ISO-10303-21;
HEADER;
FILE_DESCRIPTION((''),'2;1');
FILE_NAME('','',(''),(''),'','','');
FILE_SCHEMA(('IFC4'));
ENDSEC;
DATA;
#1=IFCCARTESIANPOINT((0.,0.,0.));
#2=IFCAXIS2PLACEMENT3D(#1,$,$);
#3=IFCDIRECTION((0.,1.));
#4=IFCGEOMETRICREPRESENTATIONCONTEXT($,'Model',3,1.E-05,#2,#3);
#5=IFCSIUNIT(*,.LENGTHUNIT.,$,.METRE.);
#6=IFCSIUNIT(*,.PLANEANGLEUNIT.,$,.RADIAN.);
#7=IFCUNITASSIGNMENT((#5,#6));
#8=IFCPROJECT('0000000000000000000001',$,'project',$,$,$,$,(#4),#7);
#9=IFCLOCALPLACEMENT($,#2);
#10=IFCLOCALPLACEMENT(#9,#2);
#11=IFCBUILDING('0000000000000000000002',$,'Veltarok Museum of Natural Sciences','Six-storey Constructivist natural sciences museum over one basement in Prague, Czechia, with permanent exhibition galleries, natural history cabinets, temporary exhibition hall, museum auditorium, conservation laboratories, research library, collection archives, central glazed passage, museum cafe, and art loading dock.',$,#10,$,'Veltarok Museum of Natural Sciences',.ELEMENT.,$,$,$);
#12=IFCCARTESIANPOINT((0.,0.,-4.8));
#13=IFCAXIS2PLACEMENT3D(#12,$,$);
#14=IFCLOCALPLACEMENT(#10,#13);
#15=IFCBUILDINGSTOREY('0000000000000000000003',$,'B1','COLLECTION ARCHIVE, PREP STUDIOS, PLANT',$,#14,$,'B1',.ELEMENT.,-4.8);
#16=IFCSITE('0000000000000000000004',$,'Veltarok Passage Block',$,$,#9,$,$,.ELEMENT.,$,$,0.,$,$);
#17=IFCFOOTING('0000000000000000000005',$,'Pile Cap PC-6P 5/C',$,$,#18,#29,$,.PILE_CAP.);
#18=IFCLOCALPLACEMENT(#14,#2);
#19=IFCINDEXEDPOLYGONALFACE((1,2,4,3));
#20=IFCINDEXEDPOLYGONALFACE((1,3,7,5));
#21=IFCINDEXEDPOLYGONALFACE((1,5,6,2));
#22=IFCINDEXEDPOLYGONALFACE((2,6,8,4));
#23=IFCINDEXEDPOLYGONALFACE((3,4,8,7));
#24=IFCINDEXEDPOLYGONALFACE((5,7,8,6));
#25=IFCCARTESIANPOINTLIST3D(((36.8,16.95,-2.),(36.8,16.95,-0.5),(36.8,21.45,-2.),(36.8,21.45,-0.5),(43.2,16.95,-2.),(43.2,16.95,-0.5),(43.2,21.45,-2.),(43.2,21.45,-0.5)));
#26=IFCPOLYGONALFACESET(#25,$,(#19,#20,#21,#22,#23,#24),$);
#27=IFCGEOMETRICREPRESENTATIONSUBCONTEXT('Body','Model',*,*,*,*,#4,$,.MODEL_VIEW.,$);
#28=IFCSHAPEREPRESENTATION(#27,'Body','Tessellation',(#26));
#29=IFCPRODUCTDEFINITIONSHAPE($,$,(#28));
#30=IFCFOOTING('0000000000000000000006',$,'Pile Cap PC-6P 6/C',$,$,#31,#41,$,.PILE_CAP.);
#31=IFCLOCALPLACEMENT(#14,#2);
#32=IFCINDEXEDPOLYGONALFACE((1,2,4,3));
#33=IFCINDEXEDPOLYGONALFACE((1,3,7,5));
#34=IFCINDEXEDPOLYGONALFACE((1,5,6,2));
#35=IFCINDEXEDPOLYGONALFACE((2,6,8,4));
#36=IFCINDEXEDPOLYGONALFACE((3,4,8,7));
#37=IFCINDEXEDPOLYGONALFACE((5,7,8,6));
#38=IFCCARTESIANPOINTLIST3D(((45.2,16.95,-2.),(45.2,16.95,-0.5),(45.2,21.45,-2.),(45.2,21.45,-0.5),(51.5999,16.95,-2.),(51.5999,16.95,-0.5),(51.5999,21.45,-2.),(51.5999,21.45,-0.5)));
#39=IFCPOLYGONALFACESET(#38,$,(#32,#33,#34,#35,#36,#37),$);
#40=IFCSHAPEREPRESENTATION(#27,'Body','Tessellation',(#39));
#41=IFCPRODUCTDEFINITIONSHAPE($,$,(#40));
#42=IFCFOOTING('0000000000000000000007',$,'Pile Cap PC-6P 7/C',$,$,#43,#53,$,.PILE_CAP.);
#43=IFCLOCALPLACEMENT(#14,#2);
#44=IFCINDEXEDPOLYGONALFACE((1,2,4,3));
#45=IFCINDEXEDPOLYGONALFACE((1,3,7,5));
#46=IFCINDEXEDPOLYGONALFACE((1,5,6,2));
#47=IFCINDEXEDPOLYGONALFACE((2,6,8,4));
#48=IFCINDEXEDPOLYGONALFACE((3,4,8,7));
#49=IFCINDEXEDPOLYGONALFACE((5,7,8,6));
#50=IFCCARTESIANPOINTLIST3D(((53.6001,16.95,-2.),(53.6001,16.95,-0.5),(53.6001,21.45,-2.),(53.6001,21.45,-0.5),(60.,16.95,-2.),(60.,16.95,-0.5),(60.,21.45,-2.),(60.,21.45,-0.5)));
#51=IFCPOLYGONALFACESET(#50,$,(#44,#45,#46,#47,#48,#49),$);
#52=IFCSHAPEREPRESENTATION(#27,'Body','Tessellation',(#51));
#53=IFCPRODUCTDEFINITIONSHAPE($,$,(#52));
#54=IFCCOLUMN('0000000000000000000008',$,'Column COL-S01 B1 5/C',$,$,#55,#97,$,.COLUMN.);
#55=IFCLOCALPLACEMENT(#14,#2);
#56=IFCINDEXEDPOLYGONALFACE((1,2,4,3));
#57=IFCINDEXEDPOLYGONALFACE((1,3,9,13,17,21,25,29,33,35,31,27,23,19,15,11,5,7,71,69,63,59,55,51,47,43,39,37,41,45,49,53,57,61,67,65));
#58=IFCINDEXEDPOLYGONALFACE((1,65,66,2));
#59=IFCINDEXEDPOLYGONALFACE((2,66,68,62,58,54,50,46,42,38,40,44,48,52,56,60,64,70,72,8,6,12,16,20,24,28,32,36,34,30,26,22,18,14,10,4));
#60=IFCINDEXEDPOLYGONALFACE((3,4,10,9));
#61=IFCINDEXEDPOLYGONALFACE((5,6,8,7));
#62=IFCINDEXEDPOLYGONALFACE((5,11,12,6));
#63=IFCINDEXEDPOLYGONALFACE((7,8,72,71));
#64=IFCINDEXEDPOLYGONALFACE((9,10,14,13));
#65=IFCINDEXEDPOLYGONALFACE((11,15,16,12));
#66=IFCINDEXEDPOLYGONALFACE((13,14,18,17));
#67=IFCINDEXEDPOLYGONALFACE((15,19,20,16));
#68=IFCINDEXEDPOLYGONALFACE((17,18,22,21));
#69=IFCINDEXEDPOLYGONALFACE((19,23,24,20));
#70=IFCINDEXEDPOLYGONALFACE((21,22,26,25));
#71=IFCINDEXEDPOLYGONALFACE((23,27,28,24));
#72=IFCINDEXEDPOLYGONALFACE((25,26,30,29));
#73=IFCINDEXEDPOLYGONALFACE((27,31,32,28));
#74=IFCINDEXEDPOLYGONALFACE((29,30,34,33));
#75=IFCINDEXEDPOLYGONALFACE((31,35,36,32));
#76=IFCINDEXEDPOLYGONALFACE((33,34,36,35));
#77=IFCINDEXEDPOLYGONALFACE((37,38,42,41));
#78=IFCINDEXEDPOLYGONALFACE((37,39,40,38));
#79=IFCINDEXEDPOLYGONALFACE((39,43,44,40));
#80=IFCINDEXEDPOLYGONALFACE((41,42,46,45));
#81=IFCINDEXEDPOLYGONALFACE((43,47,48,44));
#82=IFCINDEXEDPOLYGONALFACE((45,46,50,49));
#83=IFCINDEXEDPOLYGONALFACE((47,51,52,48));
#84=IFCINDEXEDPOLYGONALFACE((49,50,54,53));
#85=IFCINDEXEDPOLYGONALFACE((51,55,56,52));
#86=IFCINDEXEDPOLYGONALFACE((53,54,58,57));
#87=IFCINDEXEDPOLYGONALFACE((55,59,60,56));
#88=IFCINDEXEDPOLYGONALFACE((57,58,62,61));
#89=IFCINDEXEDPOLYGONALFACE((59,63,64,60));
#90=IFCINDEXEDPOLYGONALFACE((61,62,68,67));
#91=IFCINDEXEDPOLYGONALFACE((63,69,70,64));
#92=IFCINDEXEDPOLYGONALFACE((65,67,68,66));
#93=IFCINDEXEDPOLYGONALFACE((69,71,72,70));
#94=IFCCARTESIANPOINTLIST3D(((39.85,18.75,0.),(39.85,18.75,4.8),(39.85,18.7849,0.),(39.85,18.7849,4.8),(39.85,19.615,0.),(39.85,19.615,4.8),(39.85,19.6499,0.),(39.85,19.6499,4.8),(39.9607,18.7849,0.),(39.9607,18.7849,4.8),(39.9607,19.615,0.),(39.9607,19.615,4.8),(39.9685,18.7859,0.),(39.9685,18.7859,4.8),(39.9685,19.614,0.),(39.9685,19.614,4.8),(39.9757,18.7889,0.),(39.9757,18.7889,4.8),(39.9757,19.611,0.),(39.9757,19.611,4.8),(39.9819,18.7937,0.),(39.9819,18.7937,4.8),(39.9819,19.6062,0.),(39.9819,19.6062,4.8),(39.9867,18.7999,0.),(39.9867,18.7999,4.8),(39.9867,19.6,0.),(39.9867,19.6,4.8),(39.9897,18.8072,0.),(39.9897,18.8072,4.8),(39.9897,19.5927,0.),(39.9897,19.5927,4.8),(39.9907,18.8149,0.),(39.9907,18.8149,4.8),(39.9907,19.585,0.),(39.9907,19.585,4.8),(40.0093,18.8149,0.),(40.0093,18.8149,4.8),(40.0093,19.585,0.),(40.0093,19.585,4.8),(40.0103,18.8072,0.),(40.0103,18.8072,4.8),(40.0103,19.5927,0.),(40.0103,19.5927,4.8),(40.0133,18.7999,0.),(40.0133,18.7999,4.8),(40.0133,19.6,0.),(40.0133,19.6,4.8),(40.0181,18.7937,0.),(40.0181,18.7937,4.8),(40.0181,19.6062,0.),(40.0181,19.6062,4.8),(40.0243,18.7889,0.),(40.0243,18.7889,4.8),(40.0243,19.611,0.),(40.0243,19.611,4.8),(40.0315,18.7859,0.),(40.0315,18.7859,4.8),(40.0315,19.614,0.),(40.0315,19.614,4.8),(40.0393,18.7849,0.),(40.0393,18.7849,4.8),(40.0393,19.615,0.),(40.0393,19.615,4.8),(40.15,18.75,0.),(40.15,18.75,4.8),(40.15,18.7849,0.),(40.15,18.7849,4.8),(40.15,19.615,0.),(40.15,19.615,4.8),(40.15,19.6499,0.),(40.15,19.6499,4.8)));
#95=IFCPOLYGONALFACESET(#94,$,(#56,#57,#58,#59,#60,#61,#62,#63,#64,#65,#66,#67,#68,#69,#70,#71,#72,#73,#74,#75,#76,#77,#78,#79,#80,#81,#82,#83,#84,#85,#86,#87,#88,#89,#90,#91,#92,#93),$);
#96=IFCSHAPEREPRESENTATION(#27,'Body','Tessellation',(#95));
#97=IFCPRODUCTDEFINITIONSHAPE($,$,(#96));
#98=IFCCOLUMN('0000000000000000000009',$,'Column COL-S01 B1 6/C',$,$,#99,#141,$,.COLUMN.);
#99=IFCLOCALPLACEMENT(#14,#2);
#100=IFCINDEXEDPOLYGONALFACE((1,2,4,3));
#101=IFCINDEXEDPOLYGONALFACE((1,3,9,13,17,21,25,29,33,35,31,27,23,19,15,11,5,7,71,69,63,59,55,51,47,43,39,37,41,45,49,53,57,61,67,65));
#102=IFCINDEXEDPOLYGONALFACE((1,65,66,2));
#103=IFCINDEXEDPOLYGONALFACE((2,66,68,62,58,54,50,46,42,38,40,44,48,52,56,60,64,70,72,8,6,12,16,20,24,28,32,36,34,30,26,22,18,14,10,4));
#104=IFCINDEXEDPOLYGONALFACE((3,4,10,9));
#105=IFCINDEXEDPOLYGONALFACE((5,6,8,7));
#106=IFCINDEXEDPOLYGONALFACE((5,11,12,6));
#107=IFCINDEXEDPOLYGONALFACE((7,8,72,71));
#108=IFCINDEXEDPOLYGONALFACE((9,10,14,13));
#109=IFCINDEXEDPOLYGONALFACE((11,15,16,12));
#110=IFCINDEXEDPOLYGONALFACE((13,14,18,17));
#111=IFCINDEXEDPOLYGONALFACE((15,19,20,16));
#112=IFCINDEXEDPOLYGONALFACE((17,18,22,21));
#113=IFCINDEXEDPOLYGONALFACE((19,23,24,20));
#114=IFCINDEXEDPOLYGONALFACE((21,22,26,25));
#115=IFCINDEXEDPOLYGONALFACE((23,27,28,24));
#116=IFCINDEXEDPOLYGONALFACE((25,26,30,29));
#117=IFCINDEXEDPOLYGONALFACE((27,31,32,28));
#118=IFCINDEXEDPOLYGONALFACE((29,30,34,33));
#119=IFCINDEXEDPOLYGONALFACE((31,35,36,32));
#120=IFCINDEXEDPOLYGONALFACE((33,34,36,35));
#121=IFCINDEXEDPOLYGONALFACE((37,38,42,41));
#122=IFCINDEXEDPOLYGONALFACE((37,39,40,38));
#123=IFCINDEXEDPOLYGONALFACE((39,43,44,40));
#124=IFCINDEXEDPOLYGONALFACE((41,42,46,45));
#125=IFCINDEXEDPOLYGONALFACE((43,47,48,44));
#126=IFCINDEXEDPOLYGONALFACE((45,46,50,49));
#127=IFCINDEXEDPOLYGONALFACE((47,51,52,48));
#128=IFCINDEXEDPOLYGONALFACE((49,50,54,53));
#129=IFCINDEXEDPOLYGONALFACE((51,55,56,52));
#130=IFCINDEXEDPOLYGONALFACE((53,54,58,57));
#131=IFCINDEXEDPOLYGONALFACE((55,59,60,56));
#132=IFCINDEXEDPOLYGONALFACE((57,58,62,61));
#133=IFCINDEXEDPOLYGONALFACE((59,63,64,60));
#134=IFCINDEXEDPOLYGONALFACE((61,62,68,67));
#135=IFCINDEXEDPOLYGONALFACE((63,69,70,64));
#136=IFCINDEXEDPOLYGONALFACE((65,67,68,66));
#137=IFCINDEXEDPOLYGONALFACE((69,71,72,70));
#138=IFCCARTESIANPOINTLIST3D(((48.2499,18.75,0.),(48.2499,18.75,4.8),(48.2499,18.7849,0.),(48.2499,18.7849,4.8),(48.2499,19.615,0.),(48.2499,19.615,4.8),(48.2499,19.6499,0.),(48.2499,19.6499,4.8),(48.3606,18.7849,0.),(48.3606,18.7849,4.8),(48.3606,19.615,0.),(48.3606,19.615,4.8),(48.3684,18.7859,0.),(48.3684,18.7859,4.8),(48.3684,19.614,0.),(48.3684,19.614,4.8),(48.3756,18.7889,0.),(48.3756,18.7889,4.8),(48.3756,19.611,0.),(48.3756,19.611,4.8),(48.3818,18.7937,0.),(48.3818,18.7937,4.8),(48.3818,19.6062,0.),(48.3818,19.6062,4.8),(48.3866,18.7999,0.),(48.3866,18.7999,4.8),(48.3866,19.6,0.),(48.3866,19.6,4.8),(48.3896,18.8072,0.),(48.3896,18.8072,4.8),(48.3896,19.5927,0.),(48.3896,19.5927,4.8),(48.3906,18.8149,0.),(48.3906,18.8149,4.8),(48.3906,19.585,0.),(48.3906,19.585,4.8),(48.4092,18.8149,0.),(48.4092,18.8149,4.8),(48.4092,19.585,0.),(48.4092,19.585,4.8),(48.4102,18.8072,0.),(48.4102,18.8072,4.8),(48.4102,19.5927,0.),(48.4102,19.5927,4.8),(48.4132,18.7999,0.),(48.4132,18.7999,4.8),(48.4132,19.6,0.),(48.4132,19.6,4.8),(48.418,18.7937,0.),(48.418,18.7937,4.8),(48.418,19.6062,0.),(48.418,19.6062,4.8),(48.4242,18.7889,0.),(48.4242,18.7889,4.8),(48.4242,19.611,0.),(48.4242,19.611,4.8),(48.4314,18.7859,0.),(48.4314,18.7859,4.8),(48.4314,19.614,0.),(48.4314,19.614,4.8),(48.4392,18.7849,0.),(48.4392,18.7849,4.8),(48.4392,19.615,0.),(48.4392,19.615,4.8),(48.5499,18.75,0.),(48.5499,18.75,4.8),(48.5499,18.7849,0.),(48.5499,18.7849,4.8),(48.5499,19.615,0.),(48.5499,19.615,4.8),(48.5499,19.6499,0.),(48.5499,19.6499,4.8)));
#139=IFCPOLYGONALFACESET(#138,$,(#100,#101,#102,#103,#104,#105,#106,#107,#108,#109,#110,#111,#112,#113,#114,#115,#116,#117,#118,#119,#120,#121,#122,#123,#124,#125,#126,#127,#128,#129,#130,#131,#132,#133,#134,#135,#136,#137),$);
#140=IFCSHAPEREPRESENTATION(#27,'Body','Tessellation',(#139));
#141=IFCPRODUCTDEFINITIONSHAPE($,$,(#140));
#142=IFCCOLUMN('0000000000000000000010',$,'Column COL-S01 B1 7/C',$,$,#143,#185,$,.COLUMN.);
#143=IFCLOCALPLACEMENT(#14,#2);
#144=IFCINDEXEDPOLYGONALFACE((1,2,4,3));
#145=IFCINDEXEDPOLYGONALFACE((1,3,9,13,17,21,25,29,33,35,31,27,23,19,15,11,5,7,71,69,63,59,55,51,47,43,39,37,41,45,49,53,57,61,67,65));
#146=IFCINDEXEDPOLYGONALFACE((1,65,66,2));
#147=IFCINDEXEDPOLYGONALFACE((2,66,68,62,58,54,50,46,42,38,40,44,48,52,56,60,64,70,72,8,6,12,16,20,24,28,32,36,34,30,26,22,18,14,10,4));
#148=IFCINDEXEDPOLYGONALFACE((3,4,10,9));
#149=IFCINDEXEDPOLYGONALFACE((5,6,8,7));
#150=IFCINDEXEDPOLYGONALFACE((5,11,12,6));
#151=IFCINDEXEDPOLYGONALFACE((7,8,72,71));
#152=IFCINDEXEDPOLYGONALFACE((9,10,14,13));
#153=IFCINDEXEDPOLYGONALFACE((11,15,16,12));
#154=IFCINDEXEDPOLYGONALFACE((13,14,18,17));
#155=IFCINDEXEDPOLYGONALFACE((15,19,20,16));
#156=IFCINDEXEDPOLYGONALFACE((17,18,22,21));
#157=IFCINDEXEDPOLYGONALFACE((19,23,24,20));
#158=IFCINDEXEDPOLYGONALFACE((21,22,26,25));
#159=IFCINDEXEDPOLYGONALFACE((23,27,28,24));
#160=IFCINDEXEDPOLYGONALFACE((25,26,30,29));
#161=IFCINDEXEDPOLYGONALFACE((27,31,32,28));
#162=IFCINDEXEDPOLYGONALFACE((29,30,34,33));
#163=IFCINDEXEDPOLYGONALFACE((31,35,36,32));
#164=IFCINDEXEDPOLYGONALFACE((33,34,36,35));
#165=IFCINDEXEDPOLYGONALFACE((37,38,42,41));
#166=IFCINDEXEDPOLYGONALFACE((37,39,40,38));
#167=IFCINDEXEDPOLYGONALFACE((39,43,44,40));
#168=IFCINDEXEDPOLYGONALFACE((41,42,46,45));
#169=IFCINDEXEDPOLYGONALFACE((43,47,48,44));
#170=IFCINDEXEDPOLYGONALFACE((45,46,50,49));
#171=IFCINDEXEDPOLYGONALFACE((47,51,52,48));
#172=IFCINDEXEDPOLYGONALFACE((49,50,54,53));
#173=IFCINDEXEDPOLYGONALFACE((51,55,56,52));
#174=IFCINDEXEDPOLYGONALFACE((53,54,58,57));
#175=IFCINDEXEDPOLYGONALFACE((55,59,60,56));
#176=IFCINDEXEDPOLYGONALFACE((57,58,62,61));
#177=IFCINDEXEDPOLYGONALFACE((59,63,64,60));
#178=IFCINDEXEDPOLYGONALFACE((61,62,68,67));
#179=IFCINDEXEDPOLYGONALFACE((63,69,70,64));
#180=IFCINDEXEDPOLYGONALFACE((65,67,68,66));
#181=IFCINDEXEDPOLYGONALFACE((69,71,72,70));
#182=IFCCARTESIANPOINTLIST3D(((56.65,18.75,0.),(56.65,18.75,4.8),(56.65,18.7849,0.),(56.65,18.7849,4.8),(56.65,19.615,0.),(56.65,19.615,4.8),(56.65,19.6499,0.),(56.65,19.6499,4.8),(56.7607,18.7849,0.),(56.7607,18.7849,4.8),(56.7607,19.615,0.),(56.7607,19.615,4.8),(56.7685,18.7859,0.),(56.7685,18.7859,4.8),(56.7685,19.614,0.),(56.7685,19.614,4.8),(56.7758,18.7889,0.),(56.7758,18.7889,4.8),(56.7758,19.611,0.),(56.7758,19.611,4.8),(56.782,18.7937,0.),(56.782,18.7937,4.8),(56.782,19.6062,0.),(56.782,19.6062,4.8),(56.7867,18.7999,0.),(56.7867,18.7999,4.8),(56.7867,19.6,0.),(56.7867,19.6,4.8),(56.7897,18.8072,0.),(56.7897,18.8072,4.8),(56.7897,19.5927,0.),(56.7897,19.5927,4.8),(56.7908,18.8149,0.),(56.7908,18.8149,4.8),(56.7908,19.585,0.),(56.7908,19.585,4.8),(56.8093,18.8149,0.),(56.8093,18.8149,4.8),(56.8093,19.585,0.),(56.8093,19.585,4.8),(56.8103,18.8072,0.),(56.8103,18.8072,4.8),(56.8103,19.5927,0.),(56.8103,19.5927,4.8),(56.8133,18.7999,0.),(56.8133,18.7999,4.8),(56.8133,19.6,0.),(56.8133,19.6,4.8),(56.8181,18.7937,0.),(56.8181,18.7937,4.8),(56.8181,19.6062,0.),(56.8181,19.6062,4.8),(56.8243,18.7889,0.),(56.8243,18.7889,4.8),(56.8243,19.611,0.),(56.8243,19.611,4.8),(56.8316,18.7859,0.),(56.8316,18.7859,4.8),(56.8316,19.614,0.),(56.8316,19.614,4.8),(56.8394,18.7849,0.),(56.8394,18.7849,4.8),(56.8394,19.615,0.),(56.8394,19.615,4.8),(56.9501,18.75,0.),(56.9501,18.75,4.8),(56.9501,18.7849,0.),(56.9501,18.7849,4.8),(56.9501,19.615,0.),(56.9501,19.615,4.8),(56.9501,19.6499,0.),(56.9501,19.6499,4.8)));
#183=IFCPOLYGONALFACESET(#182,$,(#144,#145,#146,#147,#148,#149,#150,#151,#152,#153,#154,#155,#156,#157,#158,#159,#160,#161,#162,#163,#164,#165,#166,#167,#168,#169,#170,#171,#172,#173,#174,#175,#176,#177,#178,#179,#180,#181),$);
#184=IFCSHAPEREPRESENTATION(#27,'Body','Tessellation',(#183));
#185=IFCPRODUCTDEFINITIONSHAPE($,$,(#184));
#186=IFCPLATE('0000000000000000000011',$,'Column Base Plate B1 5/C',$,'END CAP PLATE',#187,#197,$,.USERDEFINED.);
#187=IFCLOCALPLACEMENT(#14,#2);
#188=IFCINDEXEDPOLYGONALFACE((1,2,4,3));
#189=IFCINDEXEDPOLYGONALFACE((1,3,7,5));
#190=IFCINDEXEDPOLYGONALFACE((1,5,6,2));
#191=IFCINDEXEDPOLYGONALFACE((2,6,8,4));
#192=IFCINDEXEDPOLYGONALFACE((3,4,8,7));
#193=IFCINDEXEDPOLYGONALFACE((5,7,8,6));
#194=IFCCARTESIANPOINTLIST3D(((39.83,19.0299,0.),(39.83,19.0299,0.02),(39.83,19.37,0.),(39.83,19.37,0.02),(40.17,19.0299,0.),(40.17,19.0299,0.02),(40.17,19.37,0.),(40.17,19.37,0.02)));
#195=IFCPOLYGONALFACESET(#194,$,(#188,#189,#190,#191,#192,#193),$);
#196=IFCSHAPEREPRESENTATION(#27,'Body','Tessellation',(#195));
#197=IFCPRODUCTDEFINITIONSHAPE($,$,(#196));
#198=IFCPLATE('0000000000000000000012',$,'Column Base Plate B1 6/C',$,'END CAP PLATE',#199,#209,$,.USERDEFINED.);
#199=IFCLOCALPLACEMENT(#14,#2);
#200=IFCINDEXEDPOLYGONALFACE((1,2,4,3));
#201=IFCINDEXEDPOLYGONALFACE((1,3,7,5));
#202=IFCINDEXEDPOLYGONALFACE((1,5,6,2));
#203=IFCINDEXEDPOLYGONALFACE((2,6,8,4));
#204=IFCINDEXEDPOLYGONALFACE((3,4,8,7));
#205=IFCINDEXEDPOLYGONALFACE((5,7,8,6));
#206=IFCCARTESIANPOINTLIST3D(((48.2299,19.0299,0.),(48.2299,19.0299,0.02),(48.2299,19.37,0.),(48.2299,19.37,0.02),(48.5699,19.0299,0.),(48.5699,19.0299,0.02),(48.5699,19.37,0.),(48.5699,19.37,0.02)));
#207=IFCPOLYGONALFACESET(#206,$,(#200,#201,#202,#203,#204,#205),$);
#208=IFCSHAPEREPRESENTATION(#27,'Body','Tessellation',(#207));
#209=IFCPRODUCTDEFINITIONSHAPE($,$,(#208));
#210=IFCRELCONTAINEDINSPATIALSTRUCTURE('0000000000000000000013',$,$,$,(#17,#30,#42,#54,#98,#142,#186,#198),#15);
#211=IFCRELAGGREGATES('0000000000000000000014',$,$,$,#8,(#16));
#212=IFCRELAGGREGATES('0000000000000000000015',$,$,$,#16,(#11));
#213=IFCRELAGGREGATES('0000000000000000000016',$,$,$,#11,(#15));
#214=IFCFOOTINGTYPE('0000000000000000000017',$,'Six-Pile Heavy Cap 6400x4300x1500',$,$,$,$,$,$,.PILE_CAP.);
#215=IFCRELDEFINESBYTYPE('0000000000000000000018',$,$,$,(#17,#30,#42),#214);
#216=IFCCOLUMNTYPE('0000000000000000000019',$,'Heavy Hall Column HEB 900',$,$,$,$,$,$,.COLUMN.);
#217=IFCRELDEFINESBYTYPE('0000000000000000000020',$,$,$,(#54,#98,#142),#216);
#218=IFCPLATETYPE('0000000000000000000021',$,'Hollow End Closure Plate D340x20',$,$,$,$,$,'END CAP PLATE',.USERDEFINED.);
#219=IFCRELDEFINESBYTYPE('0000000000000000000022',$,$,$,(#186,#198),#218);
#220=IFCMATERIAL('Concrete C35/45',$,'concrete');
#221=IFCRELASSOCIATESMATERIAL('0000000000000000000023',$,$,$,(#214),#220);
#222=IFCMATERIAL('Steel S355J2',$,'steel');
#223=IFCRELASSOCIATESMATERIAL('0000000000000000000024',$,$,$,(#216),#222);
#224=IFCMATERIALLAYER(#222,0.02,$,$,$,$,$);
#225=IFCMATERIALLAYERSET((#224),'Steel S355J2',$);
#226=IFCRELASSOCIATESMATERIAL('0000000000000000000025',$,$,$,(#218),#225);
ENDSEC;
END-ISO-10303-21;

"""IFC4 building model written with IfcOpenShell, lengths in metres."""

from ifc_helpers import new_model, si_unit, direction, frame, origin, origin_2d, place, context, subcontext, project, spatial, rectangle, i_section, extrude, material, layer, layer_set, material_profile, profile_set, type_object, element, save


model = new_model("IFC4")

# Units and contexts
model_context = context("Model", 3, precision=1e-05, world=origin(), true_north=direction((0.0, 1.0)))
body_context = subcontext(model_context, "Body", "Model", "MODEL_VIEW")
ifc_project = project(units=[si_unit("LENGTHUNIT", "METRE"), si_unit("PLANEANGLEUNIT", "RADIAN")], contexts=[model_context])

# Site, building, storey
site_placement = place(None, origin())
site = spatial("IfcSite", under=ifc_project, at=site_placement, Name="Veltarok Passage Block", CompositionType="ELEMENT", RefElevation=0.0)
building_placement = place(site_placement, origin())
building = spatial("IfcBuilding", under=site, at=building_placement, Name="Veltarok Museum of Natural Sciences", Description="Six-storey Constructivist natural sciences museum over one basement in Prague, Czechia, with permanent exhibition galleries, natural history cabinets, temporary exhibition hall, museum auditorium, conservation laboratories, research library, collection archives, central glazed passage, museum cafe, and art loading dock.", LongName="Veltarok Museum of Natural Sciences", CompositionType="ELEMENT")
storey_placement = place(building_placement, frame((0.0, 0.0, -4.8)))
storey = spatial("IfcBuildingStorey", under=building, at=storey_placement, Name="B1", Description="COLLECTION ARCHIVE, PREP STUDIOS, PLANT", LongName="B1", CompositionType="ELEMENT", Elevation=-4.8)

# Shared definitions
ifc_material_1 = material(Name="Concrete C35/45", Category="concrete")

# Footings
footing_type_1 = type_object("IfcFootingType", Name="Six-Pile Heavy Cap 6400x4300x1500", PredefinedType="PILE_CAP", material=ifc_material_1)
for number, where, z_axis, x_axis, name in (
    (1, (40.0, 19.2, -2.0), (0.0, 0.0, 1.0), (1.0, 0.0, 0.0), "Pile Cap PC-6P 5/C"),
    (2, (48.3999, 19.2, -2.0), (0.0, 0.0, 1.0), (1.0, 0.0, 0.0), "Pile Cap PC-6P 6/C"),
    (3, (56.8, 19.2, -2.0), (0.0, 0.0, 1.0), (1.0, 0.0, 0.0), "Pile Cap PC-6P 7/C"),
):
    element("IfcFooting", number, at=place(storey_placement, frame(where, z_axis=z_axis, x_axis=x_axis)), inside=storey, type_object=footing_type_1, Name=name, PredefinedType="PILE_CAP", context=body_context, shape_type="SweptSolid", body=[
        extrude(rectangle(XDim=6.3999, YDim=4.5, at=origin_2d()), origin(), (0.0, 0.0, 1.0), 1.5),
    ])

# Columns
ifc_material_2 = material(Name="Steel S355J2", Category="steel")
ifc_material_profile_1 = material_profile(ifc_material_2, i_section(OverallWidth=0.3, OverallDepth=0.8999, WebThickness=0.0186, FlangeThickness=0.0349, FilletRadius=0.03, at=origin_2d()), Name="HEB 900")
ifc_profile_set_1 = profile_set([ifc_material_profile_1], Name="Steel S355J2")
column_type = type_object("IfcColumnType", Name="Heavy Hall Column HEB 900", PredefinedType="COLUMN", material=ifc_profile_set_1)
for number, where, z_axis, x_axis, name in (
    (4, (40.0, 19.2, 0.0), (0.0, 0.0, 1.0), (1.0, 0.0, 0.0), "Column COL-S01 B1 5/C"),
    (5, (48.3999, 19.2, 0.0), (0.0, 0.0, 1.0), (1.0, 0.0, 0.0), "Column COL-S01 B1 6/C"),
    (6, (56.8, 19.2, 0.0), (0.0, 0.0, 1.0), (1.0, 0.0, 0.0), "Column COL-S01 B1 7/C"),
):
    element("IfcColumn", number, at=place(storey_placement, frame(where, z_axis=z_axis, x_axis=x_axis)), inside=storey, type_object=column_type, Name=name, PredefinedType="COLUMN", context=body_context, shape_type="SweptSolid", body=[
        extrude(i_section(OverallWidth=0.3, OverallDepth=0.8999, WebThickness=0.0186, FlangeThickness=0.0349, FilletRadius=0.03, at=origin_2d()), origin(), (0.0, 0.0, 1.0), 4.8),
    ])

# Plates
ifc_layer_1 = layer(ifc_material_2, 0.02)
ifc_layer_set_1 = layer_set([ifc_layer_1], Name="Steel S355J2")
plate_type = type_object("IfcPlateType", Name="Hollow End Closure Plate D340x20", ElementType="END CAP PLATE", PredefinedType="USERDEFINED", material=ifc_layer_set_1)
for number, where, z_axis, x_axis, name in (
    (7, (40.0, 19.2, 0.0), (0.0, 0.0, 1.0), (1.0, 0.0, 0.0), "Column Base Plate B1 5/C"),
    (8, (48.3999, 19.2, 0.0), (0.0, 0.0, 1.0), (1.0, 0.0, 0.0), "Column Base Plate B1 6/C"),
):
    element("IfcPlate", number, at=place(storey_placement, frame(where, z_axis=z_axis, x_axis=x_axis)), inside=storey, type_object=plate_type, Name=name, ObjectType="END CAP PLATE", PredefinedType="USERDEFINED", context=body_context, shape_type="SweptSolid", body=[
        extrude(rectangle(XDim=0.3401, YDim=0.3401, at=origin_2d()), origin(), (0.0, 0.0, 1.0), 0.02),
    ])

save(model, "model.ifc")
